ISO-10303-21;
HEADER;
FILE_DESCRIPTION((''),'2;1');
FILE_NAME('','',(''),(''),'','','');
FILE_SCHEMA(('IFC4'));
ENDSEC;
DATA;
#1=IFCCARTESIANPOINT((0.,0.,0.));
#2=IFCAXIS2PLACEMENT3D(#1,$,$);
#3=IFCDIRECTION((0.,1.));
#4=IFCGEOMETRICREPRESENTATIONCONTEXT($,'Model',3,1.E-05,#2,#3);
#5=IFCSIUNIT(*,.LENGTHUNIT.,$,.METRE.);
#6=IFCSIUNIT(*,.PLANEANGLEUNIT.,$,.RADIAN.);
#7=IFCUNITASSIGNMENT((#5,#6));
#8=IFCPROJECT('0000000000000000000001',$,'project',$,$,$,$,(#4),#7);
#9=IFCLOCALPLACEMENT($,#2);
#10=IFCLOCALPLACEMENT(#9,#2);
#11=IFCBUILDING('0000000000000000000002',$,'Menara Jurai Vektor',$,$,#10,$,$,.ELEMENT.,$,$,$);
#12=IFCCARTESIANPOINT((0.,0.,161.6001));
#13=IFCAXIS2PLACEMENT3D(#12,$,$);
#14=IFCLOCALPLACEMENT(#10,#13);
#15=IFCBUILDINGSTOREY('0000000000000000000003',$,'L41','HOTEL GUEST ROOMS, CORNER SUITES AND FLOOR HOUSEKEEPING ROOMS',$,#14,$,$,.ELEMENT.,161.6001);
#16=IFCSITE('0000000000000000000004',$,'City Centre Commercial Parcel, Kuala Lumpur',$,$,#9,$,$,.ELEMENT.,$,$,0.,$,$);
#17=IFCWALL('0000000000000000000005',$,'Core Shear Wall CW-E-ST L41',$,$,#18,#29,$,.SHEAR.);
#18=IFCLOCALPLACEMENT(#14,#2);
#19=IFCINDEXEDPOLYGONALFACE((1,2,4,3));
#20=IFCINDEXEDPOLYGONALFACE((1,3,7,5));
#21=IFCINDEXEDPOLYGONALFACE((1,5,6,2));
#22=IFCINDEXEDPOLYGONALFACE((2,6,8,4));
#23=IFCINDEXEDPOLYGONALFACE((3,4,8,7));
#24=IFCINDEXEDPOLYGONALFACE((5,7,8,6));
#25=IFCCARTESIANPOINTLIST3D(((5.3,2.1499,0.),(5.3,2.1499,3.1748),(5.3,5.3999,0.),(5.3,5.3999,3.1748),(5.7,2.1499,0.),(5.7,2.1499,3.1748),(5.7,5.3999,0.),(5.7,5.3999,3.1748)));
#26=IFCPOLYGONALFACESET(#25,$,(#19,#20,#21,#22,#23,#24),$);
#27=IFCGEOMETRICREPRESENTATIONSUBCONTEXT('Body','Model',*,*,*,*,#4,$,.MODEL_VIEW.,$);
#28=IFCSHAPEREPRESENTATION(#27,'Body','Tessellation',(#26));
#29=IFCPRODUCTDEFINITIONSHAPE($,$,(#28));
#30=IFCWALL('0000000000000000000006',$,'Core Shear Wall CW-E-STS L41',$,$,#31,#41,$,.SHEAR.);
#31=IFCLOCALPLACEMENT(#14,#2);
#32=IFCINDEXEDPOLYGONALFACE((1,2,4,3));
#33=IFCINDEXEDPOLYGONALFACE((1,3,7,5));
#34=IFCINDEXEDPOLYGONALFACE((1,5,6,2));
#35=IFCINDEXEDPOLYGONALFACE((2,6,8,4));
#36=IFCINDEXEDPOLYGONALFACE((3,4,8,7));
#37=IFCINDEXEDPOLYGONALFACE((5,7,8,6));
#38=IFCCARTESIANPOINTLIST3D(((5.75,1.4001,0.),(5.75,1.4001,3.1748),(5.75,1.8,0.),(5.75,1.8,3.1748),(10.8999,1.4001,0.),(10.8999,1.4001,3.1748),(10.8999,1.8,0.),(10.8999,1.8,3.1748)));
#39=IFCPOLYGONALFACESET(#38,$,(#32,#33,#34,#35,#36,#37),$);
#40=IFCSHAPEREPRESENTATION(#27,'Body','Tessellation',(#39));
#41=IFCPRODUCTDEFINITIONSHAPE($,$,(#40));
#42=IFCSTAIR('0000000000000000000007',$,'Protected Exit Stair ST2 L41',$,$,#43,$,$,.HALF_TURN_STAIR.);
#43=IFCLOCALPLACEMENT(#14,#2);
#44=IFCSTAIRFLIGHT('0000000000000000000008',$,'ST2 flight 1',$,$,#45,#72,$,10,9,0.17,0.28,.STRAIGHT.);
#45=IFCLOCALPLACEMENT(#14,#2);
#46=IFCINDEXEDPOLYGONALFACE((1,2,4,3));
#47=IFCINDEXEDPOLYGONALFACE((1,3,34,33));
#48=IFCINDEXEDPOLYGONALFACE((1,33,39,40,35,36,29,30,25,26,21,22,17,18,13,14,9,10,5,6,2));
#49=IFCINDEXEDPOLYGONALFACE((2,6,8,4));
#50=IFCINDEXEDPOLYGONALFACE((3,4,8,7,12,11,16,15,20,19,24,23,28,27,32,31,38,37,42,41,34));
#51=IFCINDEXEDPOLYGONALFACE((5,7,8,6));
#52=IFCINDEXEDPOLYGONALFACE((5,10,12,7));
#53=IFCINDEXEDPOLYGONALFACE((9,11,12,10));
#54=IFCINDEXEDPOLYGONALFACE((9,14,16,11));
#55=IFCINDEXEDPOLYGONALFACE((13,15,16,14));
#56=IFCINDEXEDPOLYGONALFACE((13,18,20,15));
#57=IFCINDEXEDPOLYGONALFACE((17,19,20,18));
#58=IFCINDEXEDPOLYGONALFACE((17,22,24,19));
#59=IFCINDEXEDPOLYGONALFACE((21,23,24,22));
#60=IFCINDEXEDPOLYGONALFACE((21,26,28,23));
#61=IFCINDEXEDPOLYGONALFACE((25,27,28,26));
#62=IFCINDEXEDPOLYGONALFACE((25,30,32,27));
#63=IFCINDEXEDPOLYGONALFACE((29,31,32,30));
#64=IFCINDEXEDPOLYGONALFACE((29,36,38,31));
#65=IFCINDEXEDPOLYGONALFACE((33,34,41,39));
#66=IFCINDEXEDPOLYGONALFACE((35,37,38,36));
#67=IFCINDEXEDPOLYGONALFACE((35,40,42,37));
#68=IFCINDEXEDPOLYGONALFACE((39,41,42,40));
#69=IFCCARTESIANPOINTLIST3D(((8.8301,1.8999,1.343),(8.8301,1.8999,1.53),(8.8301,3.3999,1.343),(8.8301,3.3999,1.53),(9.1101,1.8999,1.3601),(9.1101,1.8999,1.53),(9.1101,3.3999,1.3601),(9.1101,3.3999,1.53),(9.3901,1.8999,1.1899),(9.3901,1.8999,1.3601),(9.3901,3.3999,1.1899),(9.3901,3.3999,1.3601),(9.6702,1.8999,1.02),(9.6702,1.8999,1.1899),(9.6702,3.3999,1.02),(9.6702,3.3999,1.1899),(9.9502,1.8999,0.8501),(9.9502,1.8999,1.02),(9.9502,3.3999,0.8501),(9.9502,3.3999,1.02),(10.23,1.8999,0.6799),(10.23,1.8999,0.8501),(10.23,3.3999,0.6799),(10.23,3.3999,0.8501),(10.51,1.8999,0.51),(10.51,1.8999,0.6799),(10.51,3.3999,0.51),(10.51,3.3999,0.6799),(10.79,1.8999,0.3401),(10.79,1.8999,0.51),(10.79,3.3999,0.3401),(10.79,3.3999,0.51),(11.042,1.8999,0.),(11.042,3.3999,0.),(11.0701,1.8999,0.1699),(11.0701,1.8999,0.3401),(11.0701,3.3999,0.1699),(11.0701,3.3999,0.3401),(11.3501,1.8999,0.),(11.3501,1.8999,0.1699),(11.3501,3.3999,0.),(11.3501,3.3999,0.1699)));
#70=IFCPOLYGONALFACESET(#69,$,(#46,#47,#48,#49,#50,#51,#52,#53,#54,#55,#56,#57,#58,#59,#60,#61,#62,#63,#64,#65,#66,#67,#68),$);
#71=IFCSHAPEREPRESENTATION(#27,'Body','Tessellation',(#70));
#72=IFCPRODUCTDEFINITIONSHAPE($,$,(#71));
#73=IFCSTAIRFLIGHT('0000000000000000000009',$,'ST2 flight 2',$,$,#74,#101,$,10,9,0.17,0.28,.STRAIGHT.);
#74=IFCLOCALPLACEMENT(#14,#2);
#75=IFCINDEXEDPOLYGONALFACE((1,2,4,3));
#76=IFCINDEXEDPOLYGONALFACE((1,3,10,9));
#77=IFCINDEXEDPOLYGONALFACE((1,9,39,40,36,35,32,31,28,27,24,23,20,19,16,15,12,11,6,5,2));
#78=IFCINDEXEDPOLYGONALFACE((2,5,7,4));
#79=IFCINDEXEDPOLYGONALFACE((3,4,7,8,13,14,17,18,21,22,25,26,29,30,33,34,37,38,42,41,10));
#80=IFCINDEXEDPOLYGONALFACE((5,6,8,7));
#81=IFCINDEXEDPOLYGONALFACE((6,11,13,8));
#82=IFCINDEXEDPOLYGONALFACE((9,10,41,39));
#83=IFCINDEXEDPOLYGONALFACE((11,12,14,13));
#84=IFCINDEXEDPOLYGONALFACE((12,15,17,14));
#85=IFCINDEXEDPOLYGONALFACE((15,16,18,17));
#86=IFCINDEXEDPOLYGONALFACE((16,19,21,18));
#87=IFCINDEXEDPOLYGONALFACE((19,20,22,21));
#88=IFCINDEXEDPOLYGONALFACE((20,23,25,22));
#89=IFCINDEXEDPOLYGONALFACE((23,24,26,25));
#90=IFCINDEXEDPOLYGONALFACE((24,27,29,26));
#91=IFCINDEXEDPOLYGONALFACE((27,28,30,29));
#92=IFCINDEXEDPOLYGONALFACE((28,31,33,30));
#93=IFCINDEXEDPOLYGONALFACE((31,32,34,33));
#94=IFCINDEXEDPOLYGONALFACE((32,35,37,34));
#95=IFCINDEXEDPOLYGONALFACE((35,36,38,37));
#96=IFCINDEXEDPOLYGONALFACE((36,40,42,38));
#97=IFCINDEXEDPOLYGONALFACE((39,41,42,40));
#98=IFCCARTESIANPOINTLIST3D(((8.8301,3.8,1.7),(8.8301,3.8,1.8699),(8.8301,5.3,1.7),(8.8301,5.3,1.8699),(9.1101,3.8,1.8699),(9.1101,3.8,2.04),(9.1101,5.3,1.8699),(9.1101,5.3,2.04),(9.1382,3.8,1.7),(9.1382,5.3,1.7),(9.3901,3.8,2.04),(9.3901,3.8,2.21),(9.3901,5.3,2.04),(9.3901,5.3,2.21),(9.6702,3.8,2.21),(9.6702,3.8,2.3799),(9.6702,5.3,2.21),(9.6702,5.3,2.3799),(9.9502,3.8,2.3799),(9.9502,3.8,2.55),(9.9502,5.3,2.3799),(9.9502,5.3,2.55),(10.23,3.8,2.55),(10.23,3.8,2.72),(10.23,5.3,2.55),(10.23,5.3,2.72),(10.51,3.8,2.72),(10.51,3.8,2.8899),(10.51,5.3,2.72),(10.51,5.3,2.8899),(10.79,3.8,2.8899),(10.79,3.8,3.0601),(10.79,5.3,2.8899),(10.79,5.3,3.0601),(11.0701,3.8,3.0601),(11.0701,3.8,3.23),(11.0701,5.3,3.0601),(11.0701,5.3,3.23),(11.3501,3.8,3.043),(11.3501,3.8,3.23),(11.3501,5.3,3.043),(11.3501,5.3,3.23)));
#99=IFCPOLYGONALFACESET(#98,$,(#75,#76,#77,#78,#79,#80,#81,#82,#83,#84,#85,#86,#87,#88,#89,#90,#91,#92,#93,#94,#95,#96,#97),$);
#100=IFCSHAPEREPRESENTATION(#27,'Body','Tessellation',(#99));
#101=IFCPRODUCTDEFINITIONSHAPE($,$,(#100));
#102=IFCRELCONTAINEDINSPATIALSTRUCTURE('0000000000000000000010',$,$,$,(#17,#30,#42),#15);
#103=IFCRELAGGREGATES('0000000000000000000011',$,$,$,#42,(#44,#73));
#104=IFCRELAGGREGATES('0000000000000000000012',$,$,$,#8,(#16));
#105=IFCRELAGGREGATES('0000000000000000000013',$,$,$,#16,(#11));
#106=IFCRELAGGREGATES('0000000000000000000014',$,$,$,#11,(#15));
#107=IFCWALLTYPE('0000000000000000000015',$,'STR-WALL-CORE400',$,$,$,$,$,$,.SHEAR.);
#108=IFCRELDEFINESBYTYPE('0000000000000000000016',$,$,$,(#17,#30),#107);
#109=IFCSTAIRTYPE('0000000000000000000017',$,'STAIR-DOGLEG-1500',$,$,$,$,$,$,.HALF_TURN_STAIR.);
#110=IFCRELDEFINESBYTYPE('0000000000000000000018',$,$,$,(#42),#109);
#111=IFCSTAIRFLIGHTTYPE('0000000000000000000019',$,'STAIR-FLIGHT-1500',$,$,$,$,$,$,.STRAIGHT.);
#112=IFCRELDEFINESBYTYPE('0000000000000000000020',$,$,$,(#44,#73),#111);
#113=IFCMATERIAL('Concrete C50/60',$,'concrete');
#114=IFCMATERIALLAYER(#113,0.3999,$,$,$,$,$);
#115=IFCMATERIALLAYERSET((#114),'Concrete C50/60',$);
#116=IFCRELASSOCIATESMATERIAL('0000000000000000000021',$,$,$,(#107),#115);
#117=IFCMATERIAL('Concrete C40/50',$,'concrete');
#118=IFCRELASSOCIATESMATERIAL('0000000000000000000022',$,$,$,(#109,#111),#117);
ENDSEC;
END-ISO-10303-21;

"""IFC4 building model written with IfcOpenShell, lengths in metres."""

from ifc_helpers import new_model, si_unit, direction, frame, frame_2d, origin, place, context, subcontext, project, spatial, polyline, rectangle, outline, extrude, material, layer, layer_set, type_object, element, aggregate, save


model = new_model("IFC4")

# Units and contexts
model_context = context("Model", 3, precision=1e-05, world=origin(), true_north=direction((0.0, 1.0)))
body_context = subcontext(model_context, "Body", "Model", "MODEL_VIEW")
ifc_project = project(units=[si_unit("LENGTHUNIT", "METRE"), si_unit("PLANEANGLEUNIT", "RADIAN")], contexts=[model_context])

# Site, building, storey
site_placement = place(None, origin())
site = spatial("IfcSite", under=ifc_project, at=site_placement, Name="City Centre Commercial Parcel, Kuala Lumpur", CompositionType="ELEMENT", RefElevation=0.0)
building_placement = place(site_placement, origin())
building = spatial("IfcBuilding", under=site, at=building_placement, Name="Menara Jurai Vektor", CompositionType="ELEMENT")
storey_placement = place(building_placement, frame((0.0, 0.0, 161.6001)))
storey = spatial("IfcBuildingStorey", under=building, at=storey_placement, Name="L41", Description="HOTEL GUEST ROOMS, CORNER SUITES AND FLOOR HOUSEKEEPING ROOMS", CompositionType="ELEMENT", Elevation=161.6001)

# Shared definitions
ifc_material_1 = material(Name="Concrete C50/60", Category="concrete")

# Shared definitions
ifc_material_2 = material(Name="Concrete C40/50", Category="concrete")

# Walls
ifc_layer_1 = layer(ifc_material_1, 0.3999)
ifc_layer_set_1 = layer_set([ifc_layer_1], Name="Concrete C50/60")
wall_type_1 = type_object("IfcWallType", Name="STR-WALL-CORE400", PredefinedType="SHEAR", material=ifc_layer_set_1)
wall_1_placement = place(storey_placement, frame((5.5, 2.1499, 0.0), z_axis=(0.0, 0.0, 1.0), x_axis=(0.0, 1.0, 0.0)))
element("IfcWall", 1, at=wall_1_placement, inside=storey, type_object=wall_type_1, Name="Core Shear Wall CW-E-ST L41", PredefinedType="SHEAR", context=body_context, shape_type="SweptSolid", body=[
    extrude(rectangle(XDim=3.25, YDim=0.3999, at=frame_2d((1.625, 0.0))), origin(), (0.0, 0.0, 1.0), 3.1748),
])
wall_2_placement = place(storey_placement, frame((5.75, 1.6001, 0.0), z_axis=(0.0, 0.0, 1.0), x_axis=(1.0, 0.0, 0.0)))
element("IfcWall", 2, at=wall_2_placement, inside=storey, type_object=wall_type_1, Name="Core Shear Wall CW-E-STS L41", PredefinedType="SHEAR", context=body_context, shape_type="SweptSolid", body=[
    extrude(rectangle(XDim=5.1499, YDim=0.3999, at=frame_2d((2.575, 0.0))), origin(), (0.0, 0.0, 1.0), 3.1748),
])

# Stair, stair flights
stair_type = type_object("IfcStairType", Name="STAIR-DOGLEG-1500", PredefinedType="HALF_TURN_STAIR", material=ifc_material_2)
stair_placement = place(storey_placement, origin())
stair = element("IfcStair", 3, at=stair_placement, inside=storey, type_object=stair_type, Name="Protected Exit Stair ST2 L41", PredefinedType="HALF_TURN_STAIR")
stair_flight_type = type_object("IfcStairFlightType", Name="STAIR-FLIGHT-1500", PredefinedType="STRAIGHT", material=ifc_material_2)
stair_flight_1_placement = place(storey_placement, frame((11.3501, 2.6499, 0.0), z_axis=(0.0, 0.0, 1.0), x_axis=(-1.0, 0.0, 0.0)))
stair_flight_1 = element("IfcStairFlight", 4, at=stair_flight_1_placement, type_object=stair_flight_type, Name="ST2 flight 1", NumberOfRisers=10, NumberOfTreads=9, PredefinedType="STRAIGHT", RiserHeight=0.17, TreadLength=0.28, context=body_context, shape_type="SweptSolid", body=[
    extrude(outline(polyline([(0.0, 0.0), (0.0, 0.1699), (0.28, 0.1699), (0.28, 0.3401), (0.5601, 0.3401), (0.5601, 0.51), (0.8401, 0.51), (0.8401, 0.6799), (1.1201, 0.6799), (1.1201, 0.8501), (1.3999, 0.8501), (1.3999, 1.02), (1.6799, 1.02), (1.6799, 1.1899), (1.96, 1.1899), (1.96, 1.3601), (2.24, 1.3601), (2.24, 1.53), (2.52, 1.53), (2.52, 1.7), (2.52, 1.343), (0.3081, 0.0), (0.0, 0.0)])), frame((0.0, 0.75, 0.0), z_axis=(0.0, -1.0, 0.0), x_axis=(1.0, 0.0, 0.0)), (0.0, 0.0, 1.0), 1.5),
])
stair_flight_2_placement = place(storey_placement, frame((8.8301, 4.55, 1.7), z_axis=(0.0, 0.0, 1.0), x_axis=(1.0, 0.0, 0.0)))
stair_flight_2 = element("IfcStairFlight", 5, at=stair_flight_2_placement, type_object=stair_flight_type, Name="ST2 flight 2", NumberOfRisers=10, NumberOfTreads=9, PredefinedType="STRAIGHT", RiserHeight=0.17, TreadLength=0.28, context=body_context, shape_type="SweptSolid", body=[
    extrude(outline(polyline([(0.0, 0.0), (0.0, 0.1699), (0.28, 0.1699), (0.28, 0.3401), (0.5601, 0.3401), (0.5601, 0.51), (0.8401, 0.51), (0.8401, 0.6799), (1.1201, 0.6799), (1.1201, 0.8501), (1.3999, 0.8501), (1.3999, 1.02), (1.6799, 1.02), (1.6799, 1.1899), (1.96, 1.1899), (1.96, 1.3601), (2.24, 1.3601), (2.24, 1.53), (2.52, 1.53), (2.52, 1.7), (2.52, 1.343), (0.3081, 0.0), (0.0, 0.0)])), frame((0.0, 0.75, 0.0), z_axis=(0.0, -1.0, 0.0), x_axis=(1.0, 0.0, 0.0)), (0.0, 0.0, 1.0), 1.5),
])
aggregate(stair, [stair_flight_1, stair_flight_2])

save(model, "model.ifc")
